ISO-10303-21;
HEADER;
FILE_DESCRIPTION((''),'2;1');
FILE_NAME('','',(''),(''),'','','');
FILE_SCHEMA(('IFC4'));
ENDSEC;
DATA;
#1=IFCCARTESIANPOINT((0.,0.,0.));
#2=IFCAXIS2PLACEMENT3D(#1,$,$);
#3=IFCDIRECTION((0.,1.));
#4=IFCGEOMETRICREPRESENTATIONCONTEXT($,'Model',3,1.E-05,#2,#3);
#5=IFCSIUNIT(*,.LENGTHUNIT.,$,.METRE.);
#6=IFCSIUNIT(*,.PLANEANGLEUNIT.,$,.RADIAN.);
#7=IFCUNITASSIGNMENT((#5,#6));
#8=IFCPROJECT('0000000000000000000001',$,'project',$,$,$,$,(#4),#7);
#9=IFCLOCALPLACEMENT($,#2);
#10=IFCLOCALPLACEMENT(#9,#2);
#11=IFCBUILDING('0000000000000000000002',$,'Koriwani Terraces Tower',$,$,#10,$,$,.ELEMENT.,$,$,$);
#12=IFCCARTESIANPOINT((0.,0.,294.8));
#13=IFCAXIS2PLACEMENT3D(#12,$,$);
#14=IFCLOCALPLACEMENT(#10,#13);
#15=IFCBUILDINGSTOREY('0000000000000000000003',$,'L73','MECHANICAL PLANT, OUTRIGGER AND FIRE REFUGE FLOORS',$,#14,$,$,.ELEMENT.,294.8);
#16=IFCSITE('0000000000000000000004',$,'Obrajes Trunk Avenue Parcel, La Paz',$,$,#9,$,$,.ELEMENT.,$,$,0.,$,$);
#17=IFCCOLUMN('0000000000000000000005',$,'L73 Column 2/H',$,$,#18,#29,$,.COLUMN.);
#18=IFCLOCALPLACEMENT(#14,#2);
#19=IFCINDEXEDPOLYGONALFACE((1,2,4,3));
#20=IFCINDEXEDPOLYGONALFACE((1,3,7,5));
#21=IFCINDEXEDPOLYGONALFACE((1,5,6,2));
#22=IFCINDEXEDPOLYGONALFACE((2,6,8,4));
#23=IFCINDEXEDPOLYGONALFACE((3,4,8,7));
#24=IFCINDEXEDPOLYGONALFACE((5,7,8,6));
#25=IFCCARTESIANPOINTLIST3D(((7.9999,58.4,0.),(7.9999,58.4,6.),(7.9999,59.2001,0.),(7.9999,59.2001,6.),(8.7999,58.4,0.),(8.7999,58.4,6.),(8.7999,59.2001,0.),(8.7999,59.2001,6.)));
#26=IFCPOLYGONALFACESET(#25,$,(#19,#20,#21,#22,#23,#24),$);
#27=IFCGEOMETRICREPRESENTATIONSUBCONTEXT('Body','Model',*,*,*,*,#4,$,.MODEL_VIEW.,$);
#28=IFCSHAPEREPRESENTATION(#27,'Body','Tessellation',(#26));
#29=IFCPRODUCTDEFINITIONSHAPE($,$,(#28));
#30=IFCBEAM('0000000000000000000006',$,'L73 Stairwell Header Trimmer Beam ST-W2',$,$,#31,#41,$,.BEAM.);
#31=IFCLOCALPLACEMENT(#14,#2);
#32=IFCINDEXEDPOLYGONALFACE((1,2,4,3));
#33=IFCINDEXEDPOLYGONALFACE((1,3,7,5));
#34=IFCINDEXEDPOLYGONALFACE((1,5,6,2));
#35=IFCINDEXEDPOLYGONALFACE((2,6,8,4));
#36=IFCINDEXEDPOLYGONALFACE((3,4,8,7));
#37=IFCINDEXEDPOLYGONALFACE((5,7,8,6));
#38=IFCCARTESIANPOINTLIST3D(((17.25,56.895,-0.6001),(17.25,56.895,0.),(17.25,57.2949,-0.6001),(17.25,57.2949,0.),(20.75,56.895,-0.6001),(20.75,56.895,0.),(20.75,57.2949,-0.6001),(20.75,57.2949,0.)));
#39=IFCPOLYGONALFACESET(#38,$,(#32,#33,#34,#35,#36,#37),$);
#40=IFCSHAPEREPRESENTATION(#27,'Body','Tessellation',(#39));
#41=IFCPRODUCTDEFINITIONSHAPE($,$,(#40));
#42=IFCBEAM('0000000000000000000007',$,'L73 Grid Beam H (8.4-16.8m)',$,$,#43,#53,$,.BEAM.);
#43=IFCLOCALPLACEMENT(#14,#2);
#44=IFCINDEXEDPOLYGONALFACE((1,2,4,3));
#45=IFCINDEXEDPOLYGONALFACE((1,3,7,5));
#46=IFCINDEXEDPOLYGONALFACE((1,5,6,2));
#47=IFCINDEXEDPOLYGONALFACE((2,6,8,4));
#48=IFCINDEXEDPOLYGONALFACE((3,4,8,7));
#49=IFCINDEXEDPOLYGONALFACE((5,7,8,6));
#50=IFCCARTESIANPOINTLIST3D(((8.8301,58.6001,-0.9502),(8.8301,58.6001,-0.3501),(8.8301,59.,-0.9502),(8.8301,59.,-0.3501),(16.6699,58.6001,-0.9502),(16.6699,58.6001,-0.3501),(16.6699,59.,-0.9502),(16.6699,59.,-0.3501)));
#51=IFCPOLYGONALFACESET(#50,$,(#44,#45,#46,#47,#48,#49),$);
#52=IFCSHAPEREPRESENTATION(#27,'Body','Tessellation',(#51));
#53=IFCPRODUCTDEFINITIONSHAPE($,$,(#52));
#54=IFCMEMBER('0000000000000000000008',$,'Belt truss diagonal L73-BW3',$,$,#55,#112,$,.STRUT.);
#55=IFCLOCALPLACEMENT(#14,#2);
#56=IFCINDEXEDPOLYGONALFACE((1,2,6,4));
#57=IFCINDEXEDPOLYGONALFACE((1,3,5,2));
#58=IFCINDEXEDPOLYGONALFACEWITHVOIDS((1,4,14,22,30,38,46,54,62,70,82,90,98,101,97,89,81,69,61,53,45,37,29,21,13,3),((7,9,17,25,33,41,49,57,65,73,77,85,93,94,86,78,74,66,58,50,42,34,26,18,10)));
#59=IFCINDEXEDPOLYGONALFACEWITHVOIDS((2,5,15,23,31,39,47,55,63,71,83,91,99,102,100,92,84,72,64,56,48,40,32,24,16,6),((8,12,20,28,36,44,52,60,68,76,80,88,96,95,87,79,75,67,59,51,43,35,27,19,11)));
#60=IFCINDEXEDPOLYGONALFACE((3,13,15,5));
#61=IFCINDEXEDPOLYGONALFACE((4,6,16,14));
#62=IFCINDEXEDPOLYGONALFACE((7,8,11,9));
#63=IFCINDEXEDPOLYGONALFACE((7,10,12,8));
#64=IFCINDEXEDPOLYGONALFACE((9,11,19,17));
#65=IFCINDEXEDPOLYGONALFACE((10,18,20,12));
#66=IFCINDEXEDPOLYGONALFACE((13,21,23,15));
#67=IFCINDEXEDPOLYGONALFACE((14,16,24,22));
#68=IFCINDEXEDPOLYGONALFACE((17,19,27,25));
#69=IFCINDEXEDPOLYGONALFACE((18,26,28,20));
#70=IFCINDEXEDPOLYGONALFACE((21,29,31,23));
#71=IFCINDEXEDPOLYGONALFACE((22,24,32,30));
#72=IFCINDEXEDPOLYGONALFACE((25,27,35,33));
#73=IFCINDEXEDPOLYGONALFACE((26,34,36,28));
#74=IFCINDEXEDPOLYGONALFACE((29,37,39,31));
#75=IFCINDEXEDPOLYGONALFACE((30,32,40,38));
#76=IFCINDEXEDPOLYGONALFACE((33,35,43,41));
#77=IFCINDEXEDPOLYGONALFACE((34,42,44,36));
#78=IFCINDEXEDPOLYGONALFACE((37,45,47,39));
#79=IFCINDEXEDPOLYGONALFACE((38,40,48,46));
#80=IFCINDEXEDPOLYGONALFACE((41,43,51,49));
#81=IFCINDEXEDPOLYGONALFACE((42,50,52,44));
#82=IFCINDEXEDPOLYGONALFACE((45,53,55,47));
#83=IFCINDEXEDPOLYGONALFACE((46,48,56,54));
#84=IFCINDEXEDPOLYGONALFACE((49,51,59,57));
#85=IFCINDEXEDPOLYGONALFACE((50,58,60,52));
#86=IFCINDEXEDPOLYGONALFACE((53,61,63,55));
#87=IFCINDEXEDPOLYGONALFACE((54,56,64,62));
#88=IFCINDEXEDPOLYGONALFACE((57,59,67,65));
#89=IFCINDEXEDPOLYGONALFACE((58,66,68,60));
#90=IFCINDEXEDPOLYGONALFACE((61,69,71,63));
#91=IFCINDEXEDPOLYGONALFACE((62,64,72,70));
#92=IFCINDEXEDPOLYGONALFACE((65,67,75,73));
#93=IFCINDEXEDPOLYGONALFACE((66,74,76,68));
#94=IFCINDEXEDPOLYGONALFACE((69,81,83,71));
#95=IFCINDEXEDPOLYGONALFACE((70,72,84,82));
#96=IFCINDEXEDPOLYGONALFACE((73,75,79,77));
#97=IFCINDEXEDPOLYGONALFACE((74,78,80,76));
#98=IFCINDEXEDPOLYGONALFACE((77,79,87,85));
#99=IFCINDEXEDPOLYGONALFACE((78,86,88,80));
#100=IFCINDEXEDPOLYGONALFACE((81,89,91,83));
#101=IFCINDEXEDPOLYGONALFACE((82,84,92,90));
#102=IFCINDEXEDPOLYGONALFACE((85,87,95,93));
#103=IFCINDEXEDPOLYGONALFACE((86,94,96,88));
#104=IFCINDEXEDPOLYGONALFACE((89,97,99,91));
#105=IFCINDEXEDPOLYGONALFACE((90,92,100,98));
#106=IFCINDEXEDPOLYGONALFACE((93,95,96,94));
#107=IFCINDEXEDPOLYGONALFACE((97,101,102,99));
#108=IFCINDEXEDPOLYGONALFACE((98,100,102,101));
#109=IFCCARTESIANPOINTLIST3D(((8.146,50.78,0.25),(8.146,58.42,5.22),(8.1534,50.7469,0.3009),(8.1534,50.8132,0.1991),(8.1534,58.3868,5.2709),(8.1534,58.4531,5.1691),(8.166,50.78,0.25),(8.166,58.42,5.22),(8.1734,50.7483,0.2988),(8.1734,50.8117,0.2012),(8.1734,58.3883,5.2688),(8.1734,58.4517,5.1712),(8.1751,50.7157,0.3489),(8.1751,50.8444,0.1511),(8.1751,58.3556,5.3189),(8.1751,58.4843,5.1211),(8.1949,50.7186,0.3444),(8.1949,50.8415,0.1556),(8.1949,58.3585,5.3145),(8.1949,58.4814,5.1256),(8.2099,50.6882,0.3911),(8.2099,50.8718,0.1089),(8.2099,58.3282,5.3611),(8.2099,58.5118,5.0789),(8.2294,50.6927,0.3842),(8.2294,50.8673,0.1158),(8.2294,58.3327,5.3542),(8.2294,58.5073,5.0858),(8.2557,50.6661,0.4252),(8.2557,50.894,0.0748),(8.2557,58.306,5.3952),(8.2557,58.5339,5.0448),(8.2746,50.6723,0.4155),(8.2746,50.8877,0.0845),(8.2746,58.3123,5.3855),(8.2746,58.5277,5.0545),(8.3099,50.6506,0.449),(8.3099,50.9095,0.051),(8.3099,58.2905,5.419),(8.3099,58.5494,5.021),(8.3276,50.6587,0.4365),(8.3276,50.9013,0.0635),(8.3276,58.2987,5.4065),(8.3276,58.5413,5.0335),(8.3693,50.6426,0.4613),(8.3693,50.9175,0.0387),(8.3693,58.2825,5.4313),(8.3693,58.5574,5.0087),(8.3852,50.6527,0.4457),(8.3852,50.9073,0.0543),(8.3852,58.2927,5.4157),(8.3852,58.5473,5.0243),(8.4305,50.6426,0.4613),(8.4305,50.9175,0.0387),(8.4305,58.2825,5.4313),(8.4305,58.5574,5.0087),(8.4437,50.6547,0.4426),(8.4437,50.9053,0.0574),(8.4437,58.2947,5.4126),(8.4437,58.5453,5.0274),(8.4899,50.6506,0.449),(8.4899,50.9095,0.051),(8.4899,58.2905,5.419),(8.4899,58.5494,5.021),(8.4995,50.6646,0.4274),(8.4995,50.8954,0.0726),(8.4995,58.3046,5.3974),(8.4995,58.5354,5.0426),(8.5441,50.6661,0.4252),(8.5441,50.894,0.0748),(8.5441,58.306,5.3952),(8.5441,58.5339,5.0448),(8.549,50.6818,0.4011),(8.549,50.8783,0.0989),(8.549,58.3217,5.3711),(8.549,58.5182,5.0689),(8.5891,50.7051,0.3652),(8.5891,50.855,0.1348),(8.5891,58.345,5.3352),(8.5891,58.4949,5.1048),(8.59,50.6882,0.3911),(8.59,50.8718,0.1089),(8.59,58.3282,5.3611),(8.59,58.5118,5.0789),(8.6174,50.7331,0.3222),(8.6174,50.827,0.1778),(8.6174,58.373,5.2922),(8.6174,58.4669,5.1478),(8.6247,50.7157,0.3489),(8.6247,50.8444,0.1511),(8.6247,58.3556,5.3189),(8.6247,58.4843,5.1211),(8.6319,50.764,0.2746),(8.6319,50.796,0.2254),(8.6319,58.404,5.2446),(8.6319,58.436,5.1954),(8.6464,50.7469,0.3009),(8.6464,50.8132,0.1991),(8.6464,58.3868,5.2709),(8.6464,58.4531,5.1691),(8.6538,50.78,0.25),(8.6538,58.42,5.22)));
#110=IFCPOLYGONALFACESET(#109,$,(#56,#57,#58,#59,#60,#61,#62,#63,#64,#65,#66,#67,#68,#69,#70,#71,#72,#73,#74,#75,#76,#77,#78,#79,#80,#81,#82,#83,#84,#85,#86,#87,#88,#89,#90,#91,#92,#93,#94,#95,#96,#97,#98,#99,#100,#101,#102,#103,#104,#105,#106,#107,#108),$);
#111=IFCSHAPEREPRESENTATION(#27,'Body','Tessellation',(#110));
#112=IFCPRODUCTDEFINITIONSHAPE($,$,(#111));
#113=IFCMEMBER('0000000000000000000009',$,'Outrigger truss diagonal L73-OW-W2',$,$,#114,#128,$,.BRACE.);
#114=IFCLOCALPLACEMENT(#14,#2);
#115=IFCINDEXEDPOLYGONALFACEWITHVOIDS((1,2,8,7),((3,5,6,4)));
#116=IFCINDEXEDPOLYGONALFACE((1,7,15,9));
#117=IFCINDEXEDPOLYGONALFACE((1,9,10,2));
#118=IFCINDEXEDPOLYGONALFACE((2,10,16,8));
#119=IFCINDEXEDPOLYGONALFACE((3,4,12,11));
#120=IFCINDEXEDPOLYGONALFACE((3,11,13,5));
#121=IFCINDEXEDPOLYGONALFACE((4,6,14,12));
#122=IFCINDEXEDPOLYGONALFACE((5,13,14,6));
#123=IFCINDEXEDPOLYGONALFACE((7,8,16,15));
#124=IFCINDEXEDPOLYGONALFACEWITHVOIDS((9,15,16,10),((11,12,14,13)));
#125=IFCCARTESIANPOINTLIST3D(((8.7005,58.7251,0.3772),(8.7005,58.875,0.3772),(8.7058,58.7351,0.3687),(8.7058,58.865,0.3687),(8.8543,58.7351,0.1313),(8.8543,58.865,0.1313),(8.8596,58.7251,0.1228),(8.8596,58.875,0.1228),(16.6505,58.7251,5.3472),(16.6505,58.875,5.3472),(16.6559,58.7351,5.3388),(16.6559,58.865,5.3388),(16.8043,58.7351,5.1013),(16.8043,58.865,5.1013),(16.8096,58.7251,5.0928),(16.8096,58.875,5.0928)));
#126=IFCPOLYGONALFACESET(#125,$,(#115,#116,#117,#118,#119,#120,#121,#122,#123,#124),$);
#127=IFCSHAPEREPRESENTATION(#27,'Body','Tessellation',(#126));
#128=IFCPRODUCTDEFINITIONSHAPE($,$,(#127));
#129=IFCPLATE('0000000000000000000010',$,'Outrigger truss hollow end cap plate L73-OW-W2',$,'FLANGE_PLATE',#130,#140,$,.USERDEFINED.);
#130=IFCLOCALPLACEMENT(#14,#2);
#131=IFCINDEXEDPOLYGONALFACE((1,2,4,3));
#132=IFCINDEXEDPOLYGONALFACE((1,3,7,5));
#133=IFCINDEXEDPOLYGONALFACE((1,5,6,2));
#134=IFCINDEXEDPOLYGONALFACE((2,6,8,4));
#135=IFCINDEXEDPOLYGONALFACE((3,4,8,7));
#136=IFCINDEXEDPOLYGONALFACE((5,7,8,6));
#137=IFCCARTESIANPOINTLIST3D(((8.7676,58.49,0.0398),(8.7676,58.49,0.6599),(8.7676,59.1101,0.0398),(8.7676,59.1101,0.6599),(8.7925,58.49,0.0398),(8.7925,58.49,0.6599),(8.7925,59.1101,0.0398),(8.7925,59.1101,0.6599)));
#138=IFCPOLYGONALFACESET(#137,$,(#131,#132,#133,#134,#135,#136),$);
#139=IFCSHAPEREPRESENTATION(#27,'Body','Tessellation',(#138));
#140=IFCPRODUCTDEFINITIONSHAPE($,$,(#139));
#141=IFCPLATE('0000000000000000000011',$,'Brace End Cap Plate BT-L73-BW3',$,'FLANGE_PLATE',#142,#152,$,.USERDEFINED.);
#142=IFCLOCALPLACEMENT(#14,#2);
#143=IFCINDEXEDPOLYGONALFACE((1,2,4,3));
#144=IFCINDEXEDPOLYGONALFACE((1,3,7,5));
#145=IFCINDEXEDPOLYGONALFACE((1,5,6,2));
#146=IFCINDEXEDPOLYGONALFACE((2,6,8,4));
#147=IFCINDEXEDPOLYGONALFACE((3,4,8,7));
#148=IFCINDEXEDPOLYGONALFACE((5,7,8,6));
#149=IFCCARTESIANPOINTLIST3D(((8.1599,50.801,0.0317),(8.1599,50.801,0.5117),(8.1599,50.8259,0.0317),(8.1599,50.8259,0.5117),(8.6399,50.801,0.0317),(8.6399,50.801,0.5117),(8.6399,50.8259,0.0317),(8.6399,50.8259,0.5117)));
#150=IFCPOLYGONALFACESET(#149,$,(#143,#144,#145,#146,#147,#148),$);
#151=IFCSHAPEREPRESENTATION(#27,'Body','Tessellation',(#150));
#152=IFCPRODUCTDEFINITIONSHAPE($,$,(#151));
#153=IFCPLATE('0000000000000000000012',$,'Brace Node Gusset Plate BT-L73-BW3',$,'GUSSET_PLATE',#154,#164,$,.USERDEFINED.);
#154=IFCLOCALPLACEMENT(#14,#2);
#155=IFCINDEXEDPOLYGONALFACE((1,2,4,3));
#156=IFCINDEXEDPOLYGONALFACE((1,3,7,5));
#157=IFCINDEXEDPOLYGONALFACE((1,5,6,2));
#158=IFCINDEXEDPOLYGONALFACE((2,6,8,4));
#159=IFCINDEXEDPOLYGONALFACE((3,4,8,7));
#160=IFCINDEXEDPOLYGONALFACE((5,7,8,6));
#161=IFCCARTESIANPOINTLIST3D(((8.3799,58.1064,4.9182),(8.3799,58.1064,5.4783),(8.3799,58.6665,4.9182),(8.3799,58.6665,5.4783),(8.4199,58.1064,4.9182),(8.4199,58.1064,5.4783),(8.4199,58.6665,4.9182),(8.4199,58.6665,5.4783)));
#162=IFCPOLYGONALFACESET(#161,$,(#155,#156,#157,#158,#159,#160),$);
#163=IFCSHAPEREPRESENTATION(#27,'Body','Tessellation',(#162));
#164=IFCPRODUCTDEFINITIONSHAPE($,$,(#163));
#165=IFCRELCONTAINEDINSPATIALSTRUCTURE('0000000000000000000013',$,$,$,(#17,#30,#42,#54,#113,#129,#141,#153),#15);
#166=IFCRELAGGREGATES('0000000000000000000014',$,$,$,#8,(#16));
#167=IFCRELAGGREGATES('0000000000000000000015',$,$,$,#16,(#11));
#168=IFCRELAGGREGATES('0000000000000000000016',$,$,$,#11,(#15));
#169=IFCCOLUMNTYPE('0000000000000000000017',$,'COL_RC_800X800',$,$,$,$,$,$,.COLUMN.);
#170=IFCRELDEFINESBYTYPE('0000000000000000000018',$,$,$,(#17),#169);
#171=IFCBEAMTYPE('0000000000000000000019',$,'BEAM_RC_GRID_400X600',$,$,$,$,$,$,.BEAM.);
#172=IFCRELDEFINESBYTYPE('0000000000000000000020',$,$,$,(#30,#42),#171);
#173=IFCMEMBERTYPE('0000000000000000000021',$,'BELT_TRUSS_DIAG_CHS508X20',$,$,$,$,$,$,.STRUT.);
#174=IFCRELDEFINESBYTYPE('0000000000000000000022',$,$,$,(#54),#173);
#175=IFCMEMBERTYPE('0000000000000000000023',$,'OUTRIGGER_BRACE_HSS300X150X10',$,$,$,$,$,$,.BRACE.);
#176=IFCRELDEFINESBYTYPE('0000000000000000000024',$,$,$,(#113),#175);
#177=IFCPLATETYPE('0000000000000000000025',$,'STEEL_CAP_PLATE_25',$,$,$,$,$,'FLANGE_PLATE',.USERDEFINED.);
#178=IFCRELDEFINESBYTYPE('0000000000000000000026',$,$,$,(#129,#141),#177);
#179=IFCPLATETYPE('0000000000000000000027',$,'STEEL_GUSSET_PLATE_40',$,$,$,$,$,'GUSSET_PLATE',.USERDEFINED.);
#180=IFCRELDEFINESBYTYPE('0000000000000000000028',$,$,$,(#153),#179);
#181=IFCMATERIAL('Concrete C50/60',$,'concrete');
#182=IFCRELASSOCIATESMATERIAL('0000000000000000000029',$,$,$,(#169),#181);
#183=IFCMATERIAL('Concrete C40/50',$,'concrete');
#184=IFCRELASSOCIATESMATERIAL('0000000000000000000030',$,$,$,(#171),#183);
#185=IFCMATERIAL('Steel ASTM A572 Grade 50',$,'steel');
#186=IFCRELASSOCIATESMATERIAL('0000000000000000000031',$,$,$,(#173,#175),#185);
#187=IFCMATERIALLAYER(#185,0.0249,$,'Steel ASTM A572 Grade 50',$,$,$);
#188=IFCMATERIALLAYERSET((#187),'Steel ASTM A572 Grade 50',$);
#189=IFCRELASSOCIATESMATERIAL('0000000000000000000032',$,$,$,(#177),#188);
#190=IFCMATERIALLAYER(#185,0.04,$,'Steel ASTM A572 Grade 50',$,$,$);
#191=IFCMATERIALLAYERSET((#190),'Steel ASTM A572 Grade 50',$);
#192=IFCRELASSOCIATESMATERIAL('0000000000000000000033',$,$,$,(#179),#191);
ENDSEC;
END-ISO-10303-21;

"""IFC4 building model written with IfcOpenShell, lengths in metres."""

from ifc_helpers import new_model, si_unit, direction, frame, origin, origin_2d, place, context, subcontext, project, spatial, rectangle, hollow_rectangle, hollow_circle, extrude, material, layer, layer_set, material_profile, profile_set, type_object, element, save


model = new_model("IFC4")

# Units and contexts
model_context = context("Model", 3, precision=1e-05, world=origin(), true_north=direction((0.0, 1.0)))
body_context = subcontext(model_context, "Body", "Model", "MODEL_VIEW")
ifc_project = project(units=[si_unit("LENGTHUNIT", "METRE"), si_unit("PLANEANGLEUNIT", "RADIAN")], contexts=[model_context])

# Site, building, storey
site_placement = place(None, origin())
site = spatial("IfcSite", under=ifc_project, at=site_placement, Name="Obrajes Trunk Avenue Parcel, La Paz", CompositionType="ELEMENT", RefElevation=0.0)
building_placement = place(site_placement, origin())
building = spatial("IfcBuilding", under=site, at=building_placement, Name="Koriwani Terraces Tower", CompositionType="ELEMENT")
storey_placement = place(building_placement, frame((0.0, 0.0, 294.8)))
storey = spatial("IfcBuildingStorey", under=building, at=storey_placement, Name="L73", Description="MECHANICAL PLANT, OUTRIGGER AND FIRE REFUGE FLOORS", CompositionType="ELEMENT", Elevation=294.8)

# Column
ifc_material_1 = material(Name="Concrete C50/60", Category="concrete")
ifc_material_profile_1 = material_profile(ifc_material_1, rectangle(XDim=0.8, YDim=0.8, at=origin_2d()), Name="Concrete C50/60", Category="LoadBearing")
ifc_profile_set_1 = profile_set([ifc_material_profile_1], Name="Concrete C50/60")
column_type = type_object("IfcColumnType", Name="COL_RC_800X800", PredefinedType="COLUMN", material=ifc_profile_set_1)
column_placement = place(storey_placement, frame((8.3999, 58.8, 0.0), z_axis=(0.0, 0.0, 1.0), x_axis=(1.0, 0.0, 0.0)))
element("IfcColumn", 1, at=column_placement, inside=storey, type_object=column_type, Name="L73 Column 2/H", PredefinedType="COLUMN", context=body_context, shape_type="SweptSolid", body=[
    extrude(rectangle(XDim=0.8, YDim=0.8, at=origin_2d()), origin(), (0.0, 0.0, 1.0), 6.0),
])

# Beams
ifc_material_2 = material(Name="Concrete C40/50", Category="concrete")
ifc_material_profile_2 = material_profile(ifc_material_2, rectangle(XDim=0.3999, YDim=0.6001, at=origin_2d()), Name="Concrete C40/50", Category="LoadBearing")
ifc_profile_set_2 = profile_set([ifc_material_profile_2], Name="Concrete C40/50")
beam_type = type_object("IfcBeamType", Name="BEAM_RC_GRID_400X600", PredefinedType="BEAM", material=ifc_profile_set_2)
beam_1_placement = place(storey_placement, frame((17.25, 57.095, -0.3), z_axis=(1.0, 0.0, 0.0), x_axis=(0.0, 1.0, 0.0)))
element("IfcBeam", 2, at=beam_1_placement, inside=storey, type_object=beam_type, Name="L73 Stairwell Header Trimmer Beam ST-W2", PredefinedType="BEAM", context=body_context, shape_type="SweptSolid", body=[
    extrude(rectangle(XDim=0.3999, YDim=0.6001, at=origin_2d()), origin(), (0.0, 0.0, 1.0), 3.5),
])
beam_2_placement = place(storey_placement, frame((8.8301, 58.8, -0.6501), z_axis=(1.0, 0.0, 0.0), x_axis=(0.0, 1.0, 0.0)))
element("IfcBeam", 3, at=beam_2_placement, inside=storey, type_object=beam_type, Name="L73 Grid Beam H (8.4-16.8m)", PredefinedType="BEAM", context=body_context, shape_type="SweptSolid", body=[
    extrude(rectangle(XDim=0.3999, YDim=0.6001, at=origin_2d()), origin(), (0.0, 0.0, 1.0), 7.8398),
])

# Members
ifc_material_3 = material(Name="Steel ASTM A572 Grade 50", Category="steel")
ifc_material_profile_3 = material_profile(ifc_material_3, hollow_circle(Radius=0.2539, WallThickness=0.02, at=origin_2d()), Name="Steel ASTM A572 Grade 50", Category="LoadBearing")
ifc_profile_set_3 = profile_set([ifc_material_profile_3], Name="Steel ASTM A572 Grade 50")
member_type_1 = type_object("IfcMemberType", Name="BELT_TRUSS_DIAG_CHS508X20", PredefinedType="STRUT", material=ifc_profile_set_3)
member_1_placement = place(storey_placement, frame((8.3999, 50.78, 0.25), z_axis=(0.0, 0.838241, 0.5453), x_axis=(-1.0, 0.0, 0.0)))
element("IfcMember", 4, at=member_1_placement, inside=storey, type_object=member_type_1, Name="Belt truss diagonal L73-BW3", PredefinedType="STRUT", context=body_context, shape_type="SweptSolid", body=[
    extrude(hollow_circle(Radius=0.2539, WallThickness=0.02, at=origin_2d()), origin(), (0.0, 0.0, 1.0), 9.1143),
])
ifc_material_profile_4 = material_profile(ifc_material_3, hollow_rectangle(XDim=0.1499, YDim=0.3, WallThickness=0.01, at=origin_2d()), Name="Steel ASTM A572 Grade 50", Category="LoadBearing")
ifc_profile_set_4 = profile_set([ifc_material_profile_4], Name="Steel ASTM A572 Grade 50")
member_type_2 = type_object("IfcMemberType", Name="OUTRIGGER_BRACE_HSS300X150X10", PredefinedType="BRACE", material=ifc_profile_set_4)
member_2_placement = place(storey_placement, frame((8.78, 58.8, 0.25), z_axis=(0.847938, 0.0, 0.530095), x_axis=(0.0, 1.0, 0.0)))
element("IfcMember", 5, at=member_2_placement, inside=storey, type_object=member_type_2, Name="Outrigger truss diagonal L73-OW-W2", PredefinedType="BRACE", context=body_context, shape_type="SweptSolid", body=[
    extrude(hollow_rectangle(XDim=0.1499, YDim=0.3, WallThickness=0.01, at=origin_2d()), origin(), (0.0, 0.0, 1.0), 9.3757),
])

# Plates
ifc_layer_1 = layer(ifc_material_3, 0.0249, Name="Steel ASTM A572 Grade 50")
ifc_layer_set_1 = layer_set([ifc_layer_1], Name="Steel ASTM A572 Grade 50")
plate_type_1 = type_object("IfcPlateType", Name="STEEL_CAP_PLATE_25", ElementType="FLANGE_PLATE", PredefinedType="USERDEFINED", material=ifc_layer_set_1)
plate_1_placement = place(storey_placement, frame((8.78, 58.8, 0.0398), z_axis=(0.0, 0.0, 1.0), x_axis=(1.0, 0.0, 0.0)))
element("IfcPlate", 6, at=plate_1_placement, inside=storey, type_object=plate_type_1, Name="Outrigger truss hollow end cap plate L73-OW-W2", ObjectType="FLANGE_PLATE", PredefinedType="USERDEFINED", context=body_context, shape_type="SweptSolid", body=[
    extrude(rectangle(XDim=0.0249, YDim=0.6201, at=origin_2d()), origin(), (0.0, 0.0, 1.0), 0.6201),
])
plate_2_placement = place(storey_placement, frame((8.3999, 50.8135, 0.0317), z_axis=(0.0, 0.0, 1.0), x_axis=(0.0, 1.0, 0.0)))
element("IfcPlate", 7, at=plate_2_placement, inside=storey, type_object=plate_type_1, Name="Brace End Cap Plate BT-L73-BW3", ObjectType="FLANGE_PLATE", PredefinedType="USERDEFINED", context=body_context, shape_type="SweptSolid", body=[
    extrude(rectangle(XDim=0.0249, YDim=0.48, at=origin_2d()), origin(), (0.0, 0.0, 1.0), 0.48),
])
ifc_layer_2 = layer(ifc_material_3, 0.04, Name="Steel ASTM A572 Grade 50")
ifc_layer_set_2 = layer_set([ifc_layer_2], Name="Steel ASTM A572 Grade 50")
plate_type_2 = type_object("IfcPlateType", Name="STEEL_GUSSET_PLATE_40", ElementType="GUSSET_PLATE", PredefinedType="USERDEFINED", material=ifc_layer_set_2)
plate_3_placement = place(storey_placement, frame((8.3999, 58.3865, 4.9182), z_axis=(0.0, 0.0, 1.0), x_axis=(0.0, 1.0, 0.0)))
element("IfcPlate", 8, at=plate_3_placement, inside=storey, type_object=plate_type_2, Name="Brace Node Gusset Plate BT-L73-BW3", ObjectType="GUSSET_PLATE", PredefinedType="USERDEFINED", context=body_context, shape_type="SweptSolid", body=[
    extrude(rectangle(XDim=0.5601, YDim=0.04, at=origin_2d()), origin(), (0.0, 0.0, 1.0), 0.5601),
])

save(model, "model.ifc")
